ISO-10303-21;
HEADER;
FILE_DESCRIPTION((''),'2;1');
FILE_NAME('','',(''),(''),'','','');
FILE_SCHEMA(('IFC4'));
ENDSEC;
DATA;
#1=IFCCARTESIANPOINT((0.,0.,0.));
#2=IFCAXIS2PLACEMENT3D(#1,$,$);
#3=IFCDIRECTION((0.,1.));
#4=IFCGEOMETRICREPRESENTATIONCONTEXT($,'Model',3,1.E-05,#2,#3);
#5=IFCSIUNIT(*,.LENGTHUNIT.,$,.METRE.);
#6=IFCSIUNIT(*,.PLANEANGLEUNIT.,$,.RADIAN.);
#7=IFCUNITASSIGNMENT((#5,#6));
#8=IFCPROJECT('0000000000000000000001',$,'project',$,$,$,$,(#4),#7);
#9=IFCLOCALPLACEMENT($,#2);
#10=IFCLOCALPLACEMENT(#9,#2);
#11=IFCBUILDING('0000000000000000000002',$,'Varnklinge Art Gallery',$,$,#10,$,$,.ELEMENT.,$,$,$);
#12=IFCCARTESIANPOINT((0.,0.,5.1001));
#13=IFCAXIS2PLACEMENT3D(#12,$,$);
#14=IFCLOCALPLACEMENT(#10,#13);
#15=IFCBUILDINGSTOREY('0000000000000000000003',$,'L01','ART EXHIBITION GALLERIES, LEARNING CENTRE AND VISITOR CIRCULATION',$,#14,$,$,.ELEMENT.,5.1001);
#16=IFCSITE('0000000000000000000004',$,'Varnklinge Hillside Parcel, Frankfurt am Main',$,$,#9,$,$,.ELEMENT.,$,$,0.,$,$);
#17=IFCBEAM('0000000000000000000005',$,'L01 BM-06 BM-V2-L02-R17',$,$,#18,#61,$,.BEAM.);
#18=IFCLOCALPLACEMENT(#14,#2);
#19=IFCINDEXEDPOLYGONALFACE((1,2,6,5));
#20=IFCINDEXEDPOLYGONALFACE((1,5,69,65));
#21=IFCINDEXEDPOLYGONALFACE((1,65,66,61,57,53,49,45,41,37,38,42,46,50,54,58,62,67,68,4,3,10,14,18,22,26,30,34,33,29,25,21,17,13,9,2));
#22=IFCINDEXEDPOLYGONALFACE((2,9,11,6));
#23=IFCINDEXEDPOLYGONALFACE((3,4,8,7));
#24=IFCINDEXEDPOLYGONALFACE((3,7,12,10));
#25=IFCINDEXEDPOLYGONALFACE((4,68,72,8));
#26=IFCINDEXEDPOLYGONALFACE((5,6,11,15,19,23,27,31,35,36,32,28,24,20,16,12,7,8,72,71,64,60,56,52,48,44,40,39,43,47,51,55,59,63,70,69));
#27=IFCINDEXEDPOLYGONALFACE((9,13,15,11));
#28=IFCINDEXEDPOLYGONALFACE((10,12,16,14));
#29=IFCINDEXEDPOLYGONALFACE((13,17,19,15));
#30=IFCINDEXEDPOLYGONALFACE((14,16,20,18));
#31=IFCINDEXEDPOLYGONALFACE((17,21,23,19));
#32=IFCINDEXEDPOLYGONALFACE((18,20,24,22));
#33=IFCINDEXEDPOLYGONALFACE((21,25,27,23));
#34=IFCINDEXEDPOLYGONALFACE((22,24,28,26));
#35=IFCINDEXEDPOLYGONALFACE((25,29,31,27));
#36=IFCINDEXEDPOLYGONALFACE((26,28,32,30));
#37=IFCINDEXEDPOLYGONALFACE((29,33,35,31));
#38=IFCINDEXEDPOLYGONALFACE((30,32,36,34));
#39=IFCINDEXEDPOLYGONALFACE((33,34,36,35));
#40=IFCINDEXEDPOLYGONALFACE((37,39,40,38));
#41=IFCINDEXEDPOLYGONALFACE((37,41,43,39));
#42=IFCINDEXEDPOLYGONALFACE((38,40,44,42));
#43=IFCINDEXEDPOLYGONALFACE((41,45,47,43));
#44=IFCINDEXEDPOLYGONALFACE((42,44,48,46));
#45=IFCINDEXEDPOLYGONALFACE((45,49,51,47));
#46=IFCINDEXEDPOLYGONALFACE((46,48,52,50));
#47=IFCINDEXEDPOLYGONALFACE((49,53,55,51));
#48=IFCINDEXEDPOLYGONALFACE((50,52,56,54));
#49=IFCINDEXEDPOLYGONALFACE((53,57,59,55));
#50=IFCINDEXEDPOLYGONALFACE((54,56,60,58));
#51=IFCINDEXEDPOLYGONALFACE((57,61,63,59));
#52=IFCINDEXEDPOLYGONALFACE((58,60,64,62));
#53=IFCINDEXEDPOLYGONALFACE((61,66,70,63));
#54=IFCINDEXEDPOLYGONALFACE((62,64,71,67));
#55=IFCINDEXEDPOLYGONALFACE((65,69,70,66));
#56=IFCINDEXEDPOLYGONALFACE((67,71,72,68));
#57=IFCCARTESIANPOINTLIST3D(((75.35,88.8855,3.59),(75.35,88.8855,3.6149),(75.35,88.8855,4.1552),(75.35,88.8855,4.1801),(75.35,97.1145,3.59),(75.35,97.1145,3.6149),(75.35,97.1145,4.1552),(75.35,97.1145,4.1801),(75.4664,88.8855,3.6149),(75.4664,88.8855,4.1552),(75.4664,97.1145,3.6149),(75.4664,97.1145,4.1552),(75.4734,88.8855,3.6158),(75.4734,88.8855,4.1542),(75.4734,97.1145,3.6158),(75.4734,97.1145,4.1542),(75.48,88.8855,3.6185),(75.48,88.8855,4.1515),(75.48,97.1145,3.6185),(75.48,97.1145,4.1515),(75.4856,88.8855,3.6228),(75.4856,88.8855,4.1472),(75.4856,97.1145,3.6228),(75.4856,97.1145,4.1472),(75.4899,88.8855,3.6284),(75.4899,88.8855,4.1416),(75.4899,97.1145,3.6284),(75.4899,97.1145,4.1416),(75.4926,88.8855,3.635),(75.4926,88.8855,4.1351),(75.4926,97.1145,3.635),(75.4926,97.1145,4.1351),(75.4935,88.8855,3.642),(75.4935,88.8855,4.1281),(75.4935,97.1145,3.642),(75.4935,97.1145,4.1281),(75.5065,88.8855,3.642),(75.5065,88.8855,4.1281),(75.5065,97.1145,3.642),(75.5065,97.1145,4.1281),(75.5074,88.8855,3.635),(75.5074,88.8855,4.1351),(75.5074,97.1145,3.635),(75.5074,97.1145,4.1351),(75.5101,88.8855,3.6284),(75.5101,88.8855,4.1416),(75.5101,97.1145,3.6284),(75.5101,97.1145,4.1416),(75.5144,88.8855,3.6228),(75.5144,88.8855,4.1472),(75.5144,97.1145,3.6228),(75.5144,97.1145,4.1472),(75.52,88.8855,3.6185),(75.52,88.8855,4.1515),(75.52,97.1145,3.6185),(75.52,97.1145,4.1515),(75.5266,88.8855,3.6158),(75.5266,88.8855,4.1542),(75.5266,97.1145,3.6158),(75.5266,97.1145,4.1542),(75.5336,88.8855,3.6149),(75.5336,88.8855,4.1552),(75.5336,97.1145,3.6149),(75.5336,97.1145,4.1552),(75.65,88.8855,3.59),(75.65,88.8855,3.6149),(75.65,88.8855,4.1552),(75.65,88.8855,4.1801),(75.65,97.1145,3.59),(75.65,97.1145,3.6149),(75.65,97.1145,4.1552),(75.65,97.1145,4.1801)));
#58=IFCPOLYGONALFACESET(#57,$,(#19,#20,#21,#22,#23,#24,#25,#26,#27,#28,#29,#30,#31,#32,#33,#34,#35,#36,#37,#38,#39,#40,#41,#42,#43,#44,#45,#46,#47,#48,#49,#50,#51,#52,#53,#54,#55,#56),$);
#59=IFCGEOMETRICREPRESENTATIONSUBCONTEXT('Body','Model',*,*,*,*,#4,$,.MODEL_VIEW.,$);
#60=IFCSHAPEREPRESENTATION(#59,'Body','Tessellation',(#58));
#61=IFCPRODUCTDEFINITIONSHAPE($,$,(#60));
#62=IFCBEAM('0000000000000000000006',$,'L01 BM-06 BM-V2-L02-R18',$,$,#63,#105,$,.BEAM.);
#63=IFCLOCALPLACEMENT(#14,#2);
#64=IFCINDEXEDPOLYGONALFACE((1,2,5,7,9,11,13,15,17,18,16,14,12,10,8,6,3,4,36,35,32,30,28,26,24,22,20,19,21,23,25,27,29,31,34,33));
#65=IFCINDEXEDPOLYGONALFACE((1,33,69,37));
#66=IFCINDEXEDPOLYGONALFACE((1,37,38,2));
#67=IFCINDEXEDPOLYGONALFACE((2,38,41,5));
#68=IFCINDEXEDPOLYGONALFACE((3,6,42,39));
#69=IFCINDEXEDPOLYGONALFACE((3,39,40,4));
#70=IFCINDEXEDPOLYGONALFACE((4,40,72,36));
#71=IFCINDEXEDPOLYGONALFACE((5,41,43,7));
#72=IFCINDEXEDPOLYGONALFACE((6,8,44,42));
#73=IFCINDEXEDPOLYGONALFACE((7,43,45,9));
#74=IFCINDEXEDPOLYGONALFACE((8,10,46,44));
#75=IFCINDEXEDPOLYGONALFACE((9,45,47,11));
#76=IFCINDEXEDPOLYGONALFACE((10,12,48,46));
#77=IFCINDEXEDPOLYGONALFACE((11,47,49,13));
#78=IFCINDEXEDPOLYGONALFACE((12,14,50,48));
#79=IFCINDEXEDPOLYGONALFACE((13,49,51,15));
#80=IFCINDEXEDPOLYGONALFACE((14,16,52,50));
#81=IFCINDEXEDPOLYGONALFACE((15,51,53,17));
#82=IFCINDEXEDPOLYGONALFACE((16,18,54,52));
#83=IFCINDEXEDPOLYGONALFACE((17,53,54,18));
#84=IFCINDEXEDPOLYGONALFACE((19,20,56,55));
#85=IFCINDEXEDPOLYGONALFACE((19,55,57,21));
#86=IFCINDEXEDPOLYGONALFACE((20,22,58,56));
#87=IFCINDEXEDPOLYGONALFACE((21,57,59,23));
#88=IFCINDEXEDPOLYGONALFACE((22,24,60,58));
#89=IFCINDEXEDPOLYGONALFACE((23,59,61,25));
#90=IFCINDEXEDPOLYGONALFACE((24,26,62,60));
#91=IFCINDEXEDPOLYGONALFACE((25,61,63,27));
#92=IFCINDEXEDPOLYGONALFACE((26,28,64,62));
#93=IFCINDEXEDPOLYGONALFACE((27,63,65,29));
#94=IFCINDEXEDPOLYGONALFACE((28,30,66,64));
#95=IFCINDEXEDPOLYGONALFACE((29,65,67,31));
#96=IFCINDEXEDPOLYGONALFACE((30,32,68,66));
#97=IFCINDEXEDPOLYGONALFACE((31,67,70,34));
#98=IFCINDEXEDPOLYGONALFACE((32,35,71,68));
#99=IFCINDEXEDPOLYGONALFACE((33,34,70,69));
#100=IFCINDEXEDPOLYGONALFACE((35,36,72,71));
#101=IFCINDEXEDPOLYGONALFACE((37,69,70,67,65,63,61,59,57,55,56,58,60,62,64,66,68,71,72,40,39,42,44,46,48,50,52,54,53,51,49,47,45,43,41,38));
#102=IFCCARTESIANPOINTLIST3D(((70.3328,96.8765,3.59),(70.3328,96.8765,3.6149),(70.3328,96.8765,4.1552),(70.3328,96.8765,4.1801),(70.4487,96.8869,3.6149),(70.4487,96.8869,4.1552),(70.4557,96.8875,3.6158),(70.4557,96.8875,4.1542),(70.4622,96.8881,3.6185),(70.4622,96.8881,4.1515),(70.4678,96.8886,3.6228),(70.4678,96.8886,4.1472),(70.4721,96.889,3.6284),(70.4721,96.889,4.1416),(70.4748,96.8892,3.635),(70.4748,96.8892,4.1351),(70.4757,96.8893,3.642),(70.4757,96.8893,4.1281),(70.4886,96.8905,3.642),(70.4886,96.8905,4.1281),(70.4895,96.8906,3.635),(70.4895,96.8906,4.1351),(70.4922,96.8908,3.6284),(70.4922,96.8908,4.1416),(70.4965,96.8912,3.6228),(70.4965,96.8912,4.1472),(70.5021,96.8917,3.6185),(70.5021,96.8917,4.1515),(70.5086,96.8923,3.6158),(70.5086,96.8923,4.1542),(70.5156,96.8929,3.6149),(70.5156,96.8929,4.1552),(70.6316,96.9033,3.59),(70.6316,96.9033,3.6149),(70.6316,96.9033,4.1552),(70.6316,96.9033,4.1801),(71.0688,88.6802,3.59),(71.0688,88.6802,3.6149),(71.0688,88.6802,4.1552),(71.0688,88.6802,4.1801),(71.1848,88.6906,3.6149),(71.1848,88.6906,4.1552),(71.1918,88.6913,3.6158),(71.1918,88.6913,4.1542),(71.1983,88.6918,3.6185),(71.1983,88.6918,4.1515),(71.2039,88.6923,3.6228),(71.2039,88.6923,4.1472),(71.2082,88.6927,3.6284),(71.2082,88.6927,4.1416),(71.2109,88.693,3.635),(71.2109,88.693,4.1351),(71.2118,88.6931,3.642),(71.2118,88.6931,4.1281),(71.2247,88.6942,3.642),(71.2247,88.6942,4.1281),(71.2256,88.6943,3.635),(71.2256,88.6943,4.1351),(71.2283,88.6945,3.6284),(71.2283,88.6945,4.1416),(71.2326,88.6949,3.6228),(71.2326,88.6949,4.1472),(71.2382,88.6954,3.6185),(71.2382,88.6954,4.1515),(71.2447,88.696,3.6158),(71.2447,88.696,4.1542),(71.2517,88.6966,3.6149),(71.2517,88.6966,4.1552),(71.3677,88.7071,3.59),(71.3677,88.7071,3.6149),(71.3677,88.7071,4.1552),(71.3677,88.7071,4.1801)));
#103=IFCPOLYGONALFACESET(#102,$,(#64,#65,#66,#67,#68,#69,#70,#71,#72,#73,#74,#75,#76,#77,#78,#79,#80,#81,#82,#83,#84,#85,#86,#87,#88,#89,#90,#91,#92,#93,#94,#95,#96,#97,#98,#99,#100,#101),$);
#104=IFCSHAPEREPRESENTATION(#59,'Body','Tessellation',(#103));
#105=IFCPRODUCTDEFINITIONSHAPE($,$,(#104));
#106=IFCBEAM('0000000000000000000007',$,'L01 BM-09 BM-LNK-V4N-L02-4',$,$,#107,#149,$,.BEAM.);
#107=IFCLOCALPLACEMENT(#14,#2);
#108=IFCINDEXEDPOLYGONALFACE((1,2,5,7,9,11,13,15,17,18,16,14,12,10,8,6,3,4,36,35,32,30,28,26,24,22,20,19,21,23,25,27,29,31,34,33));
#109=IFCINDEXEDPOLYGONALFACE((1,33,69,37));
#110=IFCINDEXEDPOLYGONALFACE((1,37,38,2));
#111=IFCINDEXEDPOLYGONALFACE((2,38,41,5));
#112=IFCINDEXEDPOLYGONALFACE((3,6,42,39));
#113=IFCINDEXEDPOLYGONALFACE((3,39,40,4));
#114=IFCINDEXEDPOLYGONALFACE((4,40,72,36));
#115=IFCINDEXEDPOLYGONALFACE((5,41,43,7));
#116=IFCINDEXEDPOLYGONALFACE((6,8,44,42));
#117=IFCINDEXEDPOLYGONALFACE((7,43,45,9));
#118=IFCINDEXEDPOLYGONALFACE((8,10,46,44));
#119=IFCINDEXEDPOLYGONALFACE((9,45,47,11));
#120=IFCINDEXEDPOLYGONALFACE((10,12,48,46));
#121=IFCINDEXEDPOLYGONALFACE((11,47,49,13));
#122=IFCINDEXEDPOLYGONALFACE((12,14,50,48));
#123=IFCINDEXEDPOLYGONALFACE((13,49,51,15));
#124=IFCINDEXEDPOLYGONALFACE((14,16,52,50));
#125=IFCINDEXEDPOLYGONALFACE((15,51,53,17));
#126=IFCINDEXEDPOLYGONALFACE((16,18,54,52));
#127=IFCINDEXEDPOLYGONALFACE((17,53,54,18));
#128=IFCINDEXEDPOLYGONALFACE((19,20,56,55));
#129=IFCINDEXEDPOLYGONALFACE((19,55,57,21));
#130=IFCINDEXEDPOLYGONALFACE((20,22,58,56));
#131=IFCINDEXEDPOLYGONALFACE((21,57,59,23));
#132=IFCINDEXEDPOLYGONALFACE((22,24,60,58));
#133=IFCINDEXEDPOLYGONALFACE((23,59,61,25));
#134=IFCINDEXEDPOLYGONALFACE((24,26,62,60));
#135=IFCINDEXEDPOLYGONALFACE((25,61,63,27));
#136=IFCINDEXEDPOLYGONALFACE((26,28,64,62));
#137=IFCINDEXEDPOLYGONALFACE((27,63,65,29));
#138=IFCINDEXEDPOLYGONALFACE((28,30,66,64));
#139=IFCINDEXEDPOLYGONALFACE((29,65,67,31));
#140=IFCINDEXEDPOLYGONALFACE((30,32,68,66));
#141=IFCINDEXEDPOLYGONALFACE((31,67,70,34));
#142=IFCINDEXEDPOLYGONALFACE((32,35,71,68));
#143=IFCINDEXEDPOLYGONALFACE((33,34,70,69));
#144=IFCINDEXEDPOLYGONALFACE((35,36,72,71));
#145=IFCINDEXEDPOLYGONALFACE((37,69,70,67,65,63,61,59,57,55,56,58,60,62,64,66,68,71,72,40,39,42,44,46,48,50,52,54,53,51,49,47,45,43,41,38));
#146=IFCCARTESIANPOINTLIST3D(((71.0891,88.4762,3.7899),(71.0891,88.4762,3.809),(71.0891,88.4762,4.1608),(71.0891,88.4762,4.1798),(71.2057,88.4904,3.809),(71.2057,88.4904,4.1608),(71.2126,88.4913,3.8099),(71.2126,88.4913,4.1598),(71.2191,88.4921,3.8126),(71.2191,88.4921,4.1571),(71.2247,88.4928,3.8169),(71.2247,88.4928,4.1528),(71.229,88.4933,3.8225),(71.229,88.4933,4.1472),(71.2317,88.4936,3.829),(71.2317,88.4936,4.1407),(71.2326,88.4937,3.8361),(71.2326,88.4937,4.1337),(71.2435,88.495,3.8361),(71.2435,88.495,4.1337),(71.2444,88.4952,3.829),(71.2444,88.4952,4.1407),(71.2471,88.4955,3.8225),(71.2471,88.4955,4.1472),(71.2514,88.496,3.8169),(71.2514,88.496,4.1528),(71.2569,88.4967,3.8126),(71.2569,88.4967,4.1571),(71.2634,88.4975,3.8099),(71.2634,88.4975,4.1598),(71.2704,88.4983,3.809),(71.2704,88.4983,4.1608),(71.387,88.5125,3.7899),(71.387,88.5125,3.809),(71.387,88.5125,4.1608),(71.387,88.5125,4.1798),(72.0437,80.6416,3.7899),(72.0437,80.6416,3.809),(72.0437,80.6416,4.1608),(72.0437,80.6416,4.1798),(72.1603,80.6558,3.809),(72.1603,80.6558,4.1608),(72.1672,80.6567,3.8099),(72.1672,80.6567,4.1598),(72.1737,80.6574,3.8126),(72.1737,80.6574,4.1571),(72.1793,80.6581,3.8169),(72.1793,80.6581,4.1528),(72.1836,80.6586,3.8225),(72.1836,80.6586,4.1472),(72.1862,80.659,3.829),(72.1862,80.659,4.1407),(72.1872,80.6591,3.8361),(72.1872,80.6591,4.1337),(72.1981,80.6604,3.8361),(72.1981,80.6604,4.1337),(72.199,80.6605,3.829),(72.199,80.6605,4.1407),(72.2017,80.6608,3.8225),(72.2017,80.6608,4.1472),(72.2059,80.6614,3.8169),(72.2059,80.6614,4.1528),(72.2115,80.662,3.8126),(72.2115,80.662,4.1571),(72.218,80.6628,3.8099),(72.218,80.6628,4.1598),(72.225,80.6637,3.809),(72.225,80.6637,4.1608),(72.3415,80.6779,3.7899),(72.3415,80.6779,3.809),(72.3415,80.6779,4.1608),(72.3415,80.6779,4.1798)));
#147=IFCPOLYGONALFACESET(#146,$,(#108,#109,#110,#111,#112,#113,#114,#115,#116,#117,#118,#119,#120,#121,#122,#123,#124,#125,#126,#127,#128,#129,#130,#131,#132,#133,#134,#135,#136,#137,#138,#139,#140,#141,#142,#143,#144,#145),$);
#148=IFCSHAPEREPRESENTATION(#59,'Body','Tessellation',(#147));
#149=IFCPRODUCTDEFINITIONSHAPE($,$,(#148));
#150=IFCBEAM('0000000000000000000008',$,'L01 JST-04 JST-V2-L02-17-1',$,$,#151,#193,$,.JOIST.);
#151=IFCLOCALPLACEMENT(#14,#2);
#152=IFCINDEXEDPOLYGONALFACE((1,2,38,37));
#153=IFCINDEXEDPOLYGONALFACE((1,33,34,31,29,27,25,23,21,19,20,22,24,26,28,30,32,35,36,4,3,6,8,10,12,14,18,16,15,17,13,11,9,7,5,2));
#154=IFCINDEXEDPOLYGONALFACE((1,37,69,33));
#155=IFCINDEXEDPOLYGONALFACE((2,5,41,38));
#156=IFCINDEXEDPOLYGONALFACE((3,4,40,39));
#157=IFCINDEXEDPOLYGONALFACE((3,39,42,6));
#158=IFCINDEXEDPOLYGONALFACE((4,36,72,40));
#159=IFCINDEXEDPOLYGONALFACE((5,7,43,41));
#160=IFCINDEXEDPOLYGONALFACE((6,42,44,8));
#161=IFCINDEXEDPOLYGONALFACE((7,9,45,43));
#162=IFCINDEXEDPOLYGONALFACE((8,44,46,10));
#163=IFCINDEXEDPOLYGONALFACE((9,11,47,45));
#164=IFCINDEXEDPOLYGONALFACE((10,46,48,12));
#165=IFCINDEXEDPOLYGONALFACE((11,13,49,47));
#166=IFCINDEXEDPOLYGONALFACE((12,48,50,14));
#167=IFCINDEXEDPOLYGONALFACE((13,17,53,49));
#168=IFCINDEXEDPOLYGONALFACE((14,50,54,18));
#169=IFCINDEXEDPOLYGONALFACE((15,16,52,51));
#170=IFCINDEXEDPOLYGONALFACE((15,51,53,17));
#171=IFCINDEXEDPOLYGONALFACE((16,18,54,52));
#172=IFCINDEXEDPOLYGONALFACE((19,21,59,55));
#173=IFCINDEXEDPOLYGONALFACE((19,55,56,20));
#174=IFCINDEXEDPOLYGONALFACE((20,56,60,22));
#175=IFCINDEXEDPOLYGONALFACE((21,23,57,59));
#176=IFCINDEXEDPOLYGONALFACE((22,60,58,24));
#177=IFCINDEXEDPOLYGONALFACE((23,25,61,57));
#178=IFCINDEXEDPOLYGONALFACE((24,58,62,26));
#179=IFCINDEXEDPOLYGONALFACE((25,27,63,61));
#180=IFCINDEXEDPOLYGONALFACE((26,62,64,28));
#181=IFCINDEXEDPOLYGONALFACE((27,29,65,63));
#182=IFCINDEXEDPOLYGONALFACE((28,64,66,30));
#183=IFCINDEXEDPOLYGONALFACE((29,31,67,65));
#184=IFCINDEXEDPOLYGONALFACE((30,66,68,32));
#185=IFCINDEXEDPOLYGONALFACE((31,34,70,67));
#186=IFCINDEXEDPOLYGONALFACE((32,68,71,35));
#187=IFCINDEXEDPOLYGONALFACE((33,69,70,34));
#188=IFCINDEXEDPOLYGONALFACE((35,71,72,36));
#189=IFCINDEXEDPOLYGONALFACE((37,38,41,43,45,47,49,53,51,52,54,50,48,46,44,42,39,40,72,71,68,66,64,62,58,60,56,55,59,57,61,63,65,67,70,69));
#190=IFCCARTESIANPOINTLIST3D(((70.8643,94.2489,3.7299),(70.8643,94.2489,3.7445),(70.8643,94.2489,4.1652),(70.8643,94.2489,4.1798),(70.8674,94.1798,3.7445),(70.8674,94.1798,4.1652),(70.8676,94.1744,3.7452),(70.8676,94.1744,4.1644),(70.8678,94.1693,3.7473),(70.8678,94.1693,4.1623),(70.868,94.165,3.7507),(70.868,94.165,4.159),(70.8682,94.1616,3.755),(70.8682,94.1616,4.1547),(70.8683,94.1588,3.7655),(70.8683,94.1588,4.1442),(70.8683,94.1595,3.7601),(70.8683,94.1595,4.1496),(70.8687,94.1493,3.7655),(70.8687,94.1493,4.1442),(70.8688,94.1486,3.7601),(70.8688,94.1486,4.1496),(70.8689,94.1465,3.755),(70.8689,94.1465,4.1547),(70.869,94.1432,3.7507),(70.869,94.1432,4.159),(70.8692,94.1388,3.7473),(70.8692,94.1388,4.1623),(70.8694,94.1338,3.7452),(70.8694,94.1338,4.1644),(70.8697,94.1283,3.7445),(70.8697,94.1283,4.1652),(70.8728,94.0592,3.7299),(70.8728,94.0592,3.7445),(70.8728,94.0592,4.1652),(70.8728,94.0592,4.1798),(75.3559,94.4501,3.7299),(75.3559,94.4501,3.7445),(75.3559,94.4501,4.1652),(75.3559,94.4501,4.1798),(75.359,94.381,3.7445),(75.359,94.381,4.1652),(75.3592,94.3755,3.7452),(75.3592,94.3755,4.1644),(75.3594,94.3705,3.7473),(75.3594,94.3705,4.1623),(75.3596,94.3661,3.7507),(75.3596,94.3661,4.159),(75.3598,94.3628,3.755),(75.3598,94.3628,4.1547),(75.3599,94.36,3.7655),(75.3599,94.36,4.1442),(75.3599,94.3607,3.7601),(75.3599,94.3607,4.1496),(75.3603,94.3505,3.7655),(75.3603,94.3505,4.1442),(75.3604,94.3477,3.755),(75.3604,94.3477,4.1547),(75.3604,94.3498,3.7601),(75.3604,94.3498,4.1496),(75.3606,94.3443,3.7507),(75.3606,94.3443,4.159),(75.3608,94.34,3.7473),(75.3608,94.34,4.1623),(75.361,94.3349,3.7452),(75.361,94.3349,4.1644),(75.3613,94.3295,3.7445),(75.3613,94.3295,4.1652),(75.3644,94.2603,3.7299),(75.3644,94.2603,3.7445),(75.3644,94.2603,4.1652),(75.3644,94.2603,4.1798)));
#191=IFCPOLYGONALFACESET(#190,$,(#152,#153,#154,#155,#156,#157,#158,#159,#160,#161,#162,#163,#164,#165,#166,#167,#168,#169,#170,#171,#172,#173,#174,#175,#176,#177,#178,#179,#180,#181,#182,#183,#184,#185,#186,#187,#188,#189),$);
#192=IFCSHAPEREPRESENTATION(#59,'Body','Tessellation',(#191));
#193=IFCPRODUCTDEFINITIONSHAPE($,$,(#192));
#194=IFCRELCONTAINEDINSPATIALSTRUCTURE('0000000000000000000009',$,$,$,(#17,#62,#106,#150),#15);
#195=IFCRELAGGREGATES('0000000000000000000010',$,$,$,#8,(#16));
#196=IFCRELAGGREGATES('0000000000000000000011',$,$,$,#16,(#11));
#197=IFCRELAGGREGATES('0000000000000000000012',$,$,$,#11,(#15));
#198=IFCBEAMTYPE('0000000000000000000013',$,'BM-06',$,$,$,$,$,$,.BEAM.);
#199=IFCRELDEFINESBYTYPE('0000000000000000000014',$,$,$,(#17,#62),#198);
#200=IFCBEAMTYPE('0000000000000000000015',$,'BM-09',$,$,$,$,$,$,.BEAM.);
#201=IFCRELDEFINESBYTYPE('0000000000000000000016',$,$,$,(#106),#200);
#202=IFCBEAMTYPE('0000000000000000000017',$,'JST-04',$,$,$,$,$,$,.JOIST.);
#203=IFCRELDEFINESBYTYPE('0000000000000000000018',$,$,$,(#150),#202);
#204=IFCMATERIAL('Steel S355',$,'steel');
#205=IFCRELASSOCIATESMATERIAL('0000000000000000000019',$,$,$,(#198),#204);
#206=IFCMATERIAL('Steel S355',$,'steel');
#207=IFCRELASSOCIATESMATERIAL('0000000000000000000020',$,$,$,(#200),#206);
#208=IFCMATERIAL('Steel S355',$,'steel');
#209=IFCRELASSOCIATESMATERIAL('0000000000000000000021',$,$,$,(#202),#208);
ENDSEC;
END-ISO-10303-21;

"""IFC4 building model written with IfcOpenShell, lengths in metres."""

from ifc_helpers import new_model, si_unit, direction, frame, origin, origin_2d, place, context, subcontext, project, spatial, i_section, extrude, material, material_profile, profile_set, type_object, element, save


model = new_model("IFC4")

# Units and contexts
model_context = context("Model", 3, precision=1e-05, world=origin(), true_north=direction((0.0, 1.0)))
body_context = subcontext(model_context, "Body", "Model", "MODEL_VIEW")
ifc_project = project(units=[si_unit("LENGTHUNIT", "METRE"), si_unit("PLANEANGLEUNIT", "RADIAN")], contexts=[model_context])

# Site, building, storey
site_placement = place(None, origin())
site = spatial("IfcSite", under=ifc_project, at=site_placement, Name="Varnklinge Hillside Parcel, Frankfurt am Main", CompositionType="ELEMENT", RefElevation=0.0)
building_placement = place(site_placement, origin())
building = spatial("IfcBuilding", under=site, at=building_placement, Name="Varnklinge Art Gallery", CompositionType="ELEMENT")
storey_placement = place(building_placement, frame((0.0, 0.0, 5.1001)))
storey = spatial("IfcBuildingStorey", under=building, at=storey_placement, Name="L01", Description="ART EXHIBITION GALLERIES, LEARNING CENTRE AND VISITOR CIRCULATION", CompositionType="ELEMENT", Elevation=5.1001)

# Beams
ifc_material_1 = material(Name="Steel S355", Category="steel")
ifc_material_profile_1 = material_profile(ifc_material_1, i_section(OverallWidth=0.3, OverallDepth=0.5901, WebThickness=0.0129, FlangeThickness=0.0249, FilletRadius=0.0271, at=origin_2d()), Name="HEA 600")
ifc_profile_set_1 = profile_set([ifc_material_profile_1], Name="Steel S355")
beam_type_1 = type_object("IfcBeamType", Name="BM-06", PredefinedType="BEAM", material=ifc_profile_set_1)
beam_1_placement = place(storey_placement, frame((75.5, 97.1145, 3.885), z_axis=(0.0, -1.0, 0.0), x_axis=(1.0, 0.0, 0.0)))
element("IfcBeam", 1, at=beam_1_placement, inside=storey, type_object=beam_type_1, Name="L01 BM-06 BM-V2-L02-R17", PredefinedType="BEAM", context=body_context, shape_type="SweptSolid", body=[
    extrude(i_section(OverallWidth=0.3, OverallDepth=0.5901, WebThickness=0.0129, FlangeThickness=0.0249, FilletRadius=0.0271, at=origin_2d()), origin(), (0.0, 0.0, 1.0), 8.229),
])
beam_2_placement = place(storey_placement, frame((70.4822, 96.8899, 3.885), z_axis=(0.089447, -0.995992, 0.0), x_axis=(0.995992, 0.089447, 0.0)))
element("IfcBeam", 2, at=beam_2_placement, inside=storey, type_object=beam_type_1, Name="L01 BM-06 BM-V2-L02-R18", PredefinedType="BEAM", context=body_context, shape_type="SweptSolid", body=[
    extrude(i_section(OverallWidth=0.3, OverallDepth=0.5901, WebThickness=0.0129, FlangeThickness=0.0249, FilletRadius=0.0271, at=origin_2d()), origin(), (0.0, 0.0, 1.0), 8.2292),
])
ifc_material_2 = material(Name="Steel S355", Category="steel")
ifc_material_profile_2 = material_profile(ifc_material_2, i_section(OverallWidth=0.3, OverallDepth=0.3899, WebThickness=0.011, FlangeThickness=0.019, FilletRadius=0.0271, at=origin_2d()), Name="HEA 400")
ifc_profile_set_2 = profile_set([ifc_material_profile_2], Name="Steel S355")
beam_type_2 = type_object("IfcBeamType", Name="BM-09", PredefinedType="BEAM", material=ifc_profile_set_2)
beam_3_placement = place(storey_placement, frame((71.238, 88.4944, 3.9849), z_axis=(0.120947, -0.992659, 0.0), x_axis=(0.992659, 0.120947, 0.0)))
element("IfcBeam", 3, at=beam_3_placement, inside=storey, type_object=beam_type_2, Name="L01 BM-09 BM-LNK-V4N-L02-4", PredefinedType="BEAM", context=body_context, shape_type="SweptSolid", body=[
    extrude(i_section(OverallWidth=0.3, OverallDepth=0.3899, WebThickness=0.011, FlangeThickness=0.019, FilletRadius=0.0271, at=origin_2d()), origin(), (0.0, 0.0, 1.0), 7.8926),
])
ifc_material_3 = material(Name="Steel S355", Category="steel")
ifc_material_profile_3 = material_profile(ifc_material_3, i_section(OverallWidth=0.1899, OverallDepth=0.45, WebThickness=0.0095, FlangeThickness=0.0146, FilletRadius=0.021, at=origin_2d()), Name="IPE 450")
ifc_profile_set_3 = profile_set([ifc_material_profile_3], Name="Steel S355")
beam_type_3 = type_object("IfcBeamType", Name="JST-04", PredefinedType="JOIST", material=ifc_profile_set_3)
beam_4_placement = place(storey_placement, frame((75.3601, 94.3552, 3.9548), z_axis=(-0.998999, -0.044743, 0.0), x_axis=(0.044743, -0.998999, 0.0)))
element("IfcBeam", 4, at=beam_4_placement, inside=storey, type_object=beam_type_3, Name="L01 JST-04 JST-V2-L02-17-1", PredefinedType="JOIST", context=body_context, shape_type="SweptSolid", body=[
    extrude(i_section(OverallWidth=0.1899, OverallDepth=0.45, WebThickness=0.0095, FlangeThickness=0.0146, FilletRadius=0.021, at=origin_2d()), origin(), (0.0, 0.0, 1.0), 4.4961),
])

save(model, "model.ifc")
